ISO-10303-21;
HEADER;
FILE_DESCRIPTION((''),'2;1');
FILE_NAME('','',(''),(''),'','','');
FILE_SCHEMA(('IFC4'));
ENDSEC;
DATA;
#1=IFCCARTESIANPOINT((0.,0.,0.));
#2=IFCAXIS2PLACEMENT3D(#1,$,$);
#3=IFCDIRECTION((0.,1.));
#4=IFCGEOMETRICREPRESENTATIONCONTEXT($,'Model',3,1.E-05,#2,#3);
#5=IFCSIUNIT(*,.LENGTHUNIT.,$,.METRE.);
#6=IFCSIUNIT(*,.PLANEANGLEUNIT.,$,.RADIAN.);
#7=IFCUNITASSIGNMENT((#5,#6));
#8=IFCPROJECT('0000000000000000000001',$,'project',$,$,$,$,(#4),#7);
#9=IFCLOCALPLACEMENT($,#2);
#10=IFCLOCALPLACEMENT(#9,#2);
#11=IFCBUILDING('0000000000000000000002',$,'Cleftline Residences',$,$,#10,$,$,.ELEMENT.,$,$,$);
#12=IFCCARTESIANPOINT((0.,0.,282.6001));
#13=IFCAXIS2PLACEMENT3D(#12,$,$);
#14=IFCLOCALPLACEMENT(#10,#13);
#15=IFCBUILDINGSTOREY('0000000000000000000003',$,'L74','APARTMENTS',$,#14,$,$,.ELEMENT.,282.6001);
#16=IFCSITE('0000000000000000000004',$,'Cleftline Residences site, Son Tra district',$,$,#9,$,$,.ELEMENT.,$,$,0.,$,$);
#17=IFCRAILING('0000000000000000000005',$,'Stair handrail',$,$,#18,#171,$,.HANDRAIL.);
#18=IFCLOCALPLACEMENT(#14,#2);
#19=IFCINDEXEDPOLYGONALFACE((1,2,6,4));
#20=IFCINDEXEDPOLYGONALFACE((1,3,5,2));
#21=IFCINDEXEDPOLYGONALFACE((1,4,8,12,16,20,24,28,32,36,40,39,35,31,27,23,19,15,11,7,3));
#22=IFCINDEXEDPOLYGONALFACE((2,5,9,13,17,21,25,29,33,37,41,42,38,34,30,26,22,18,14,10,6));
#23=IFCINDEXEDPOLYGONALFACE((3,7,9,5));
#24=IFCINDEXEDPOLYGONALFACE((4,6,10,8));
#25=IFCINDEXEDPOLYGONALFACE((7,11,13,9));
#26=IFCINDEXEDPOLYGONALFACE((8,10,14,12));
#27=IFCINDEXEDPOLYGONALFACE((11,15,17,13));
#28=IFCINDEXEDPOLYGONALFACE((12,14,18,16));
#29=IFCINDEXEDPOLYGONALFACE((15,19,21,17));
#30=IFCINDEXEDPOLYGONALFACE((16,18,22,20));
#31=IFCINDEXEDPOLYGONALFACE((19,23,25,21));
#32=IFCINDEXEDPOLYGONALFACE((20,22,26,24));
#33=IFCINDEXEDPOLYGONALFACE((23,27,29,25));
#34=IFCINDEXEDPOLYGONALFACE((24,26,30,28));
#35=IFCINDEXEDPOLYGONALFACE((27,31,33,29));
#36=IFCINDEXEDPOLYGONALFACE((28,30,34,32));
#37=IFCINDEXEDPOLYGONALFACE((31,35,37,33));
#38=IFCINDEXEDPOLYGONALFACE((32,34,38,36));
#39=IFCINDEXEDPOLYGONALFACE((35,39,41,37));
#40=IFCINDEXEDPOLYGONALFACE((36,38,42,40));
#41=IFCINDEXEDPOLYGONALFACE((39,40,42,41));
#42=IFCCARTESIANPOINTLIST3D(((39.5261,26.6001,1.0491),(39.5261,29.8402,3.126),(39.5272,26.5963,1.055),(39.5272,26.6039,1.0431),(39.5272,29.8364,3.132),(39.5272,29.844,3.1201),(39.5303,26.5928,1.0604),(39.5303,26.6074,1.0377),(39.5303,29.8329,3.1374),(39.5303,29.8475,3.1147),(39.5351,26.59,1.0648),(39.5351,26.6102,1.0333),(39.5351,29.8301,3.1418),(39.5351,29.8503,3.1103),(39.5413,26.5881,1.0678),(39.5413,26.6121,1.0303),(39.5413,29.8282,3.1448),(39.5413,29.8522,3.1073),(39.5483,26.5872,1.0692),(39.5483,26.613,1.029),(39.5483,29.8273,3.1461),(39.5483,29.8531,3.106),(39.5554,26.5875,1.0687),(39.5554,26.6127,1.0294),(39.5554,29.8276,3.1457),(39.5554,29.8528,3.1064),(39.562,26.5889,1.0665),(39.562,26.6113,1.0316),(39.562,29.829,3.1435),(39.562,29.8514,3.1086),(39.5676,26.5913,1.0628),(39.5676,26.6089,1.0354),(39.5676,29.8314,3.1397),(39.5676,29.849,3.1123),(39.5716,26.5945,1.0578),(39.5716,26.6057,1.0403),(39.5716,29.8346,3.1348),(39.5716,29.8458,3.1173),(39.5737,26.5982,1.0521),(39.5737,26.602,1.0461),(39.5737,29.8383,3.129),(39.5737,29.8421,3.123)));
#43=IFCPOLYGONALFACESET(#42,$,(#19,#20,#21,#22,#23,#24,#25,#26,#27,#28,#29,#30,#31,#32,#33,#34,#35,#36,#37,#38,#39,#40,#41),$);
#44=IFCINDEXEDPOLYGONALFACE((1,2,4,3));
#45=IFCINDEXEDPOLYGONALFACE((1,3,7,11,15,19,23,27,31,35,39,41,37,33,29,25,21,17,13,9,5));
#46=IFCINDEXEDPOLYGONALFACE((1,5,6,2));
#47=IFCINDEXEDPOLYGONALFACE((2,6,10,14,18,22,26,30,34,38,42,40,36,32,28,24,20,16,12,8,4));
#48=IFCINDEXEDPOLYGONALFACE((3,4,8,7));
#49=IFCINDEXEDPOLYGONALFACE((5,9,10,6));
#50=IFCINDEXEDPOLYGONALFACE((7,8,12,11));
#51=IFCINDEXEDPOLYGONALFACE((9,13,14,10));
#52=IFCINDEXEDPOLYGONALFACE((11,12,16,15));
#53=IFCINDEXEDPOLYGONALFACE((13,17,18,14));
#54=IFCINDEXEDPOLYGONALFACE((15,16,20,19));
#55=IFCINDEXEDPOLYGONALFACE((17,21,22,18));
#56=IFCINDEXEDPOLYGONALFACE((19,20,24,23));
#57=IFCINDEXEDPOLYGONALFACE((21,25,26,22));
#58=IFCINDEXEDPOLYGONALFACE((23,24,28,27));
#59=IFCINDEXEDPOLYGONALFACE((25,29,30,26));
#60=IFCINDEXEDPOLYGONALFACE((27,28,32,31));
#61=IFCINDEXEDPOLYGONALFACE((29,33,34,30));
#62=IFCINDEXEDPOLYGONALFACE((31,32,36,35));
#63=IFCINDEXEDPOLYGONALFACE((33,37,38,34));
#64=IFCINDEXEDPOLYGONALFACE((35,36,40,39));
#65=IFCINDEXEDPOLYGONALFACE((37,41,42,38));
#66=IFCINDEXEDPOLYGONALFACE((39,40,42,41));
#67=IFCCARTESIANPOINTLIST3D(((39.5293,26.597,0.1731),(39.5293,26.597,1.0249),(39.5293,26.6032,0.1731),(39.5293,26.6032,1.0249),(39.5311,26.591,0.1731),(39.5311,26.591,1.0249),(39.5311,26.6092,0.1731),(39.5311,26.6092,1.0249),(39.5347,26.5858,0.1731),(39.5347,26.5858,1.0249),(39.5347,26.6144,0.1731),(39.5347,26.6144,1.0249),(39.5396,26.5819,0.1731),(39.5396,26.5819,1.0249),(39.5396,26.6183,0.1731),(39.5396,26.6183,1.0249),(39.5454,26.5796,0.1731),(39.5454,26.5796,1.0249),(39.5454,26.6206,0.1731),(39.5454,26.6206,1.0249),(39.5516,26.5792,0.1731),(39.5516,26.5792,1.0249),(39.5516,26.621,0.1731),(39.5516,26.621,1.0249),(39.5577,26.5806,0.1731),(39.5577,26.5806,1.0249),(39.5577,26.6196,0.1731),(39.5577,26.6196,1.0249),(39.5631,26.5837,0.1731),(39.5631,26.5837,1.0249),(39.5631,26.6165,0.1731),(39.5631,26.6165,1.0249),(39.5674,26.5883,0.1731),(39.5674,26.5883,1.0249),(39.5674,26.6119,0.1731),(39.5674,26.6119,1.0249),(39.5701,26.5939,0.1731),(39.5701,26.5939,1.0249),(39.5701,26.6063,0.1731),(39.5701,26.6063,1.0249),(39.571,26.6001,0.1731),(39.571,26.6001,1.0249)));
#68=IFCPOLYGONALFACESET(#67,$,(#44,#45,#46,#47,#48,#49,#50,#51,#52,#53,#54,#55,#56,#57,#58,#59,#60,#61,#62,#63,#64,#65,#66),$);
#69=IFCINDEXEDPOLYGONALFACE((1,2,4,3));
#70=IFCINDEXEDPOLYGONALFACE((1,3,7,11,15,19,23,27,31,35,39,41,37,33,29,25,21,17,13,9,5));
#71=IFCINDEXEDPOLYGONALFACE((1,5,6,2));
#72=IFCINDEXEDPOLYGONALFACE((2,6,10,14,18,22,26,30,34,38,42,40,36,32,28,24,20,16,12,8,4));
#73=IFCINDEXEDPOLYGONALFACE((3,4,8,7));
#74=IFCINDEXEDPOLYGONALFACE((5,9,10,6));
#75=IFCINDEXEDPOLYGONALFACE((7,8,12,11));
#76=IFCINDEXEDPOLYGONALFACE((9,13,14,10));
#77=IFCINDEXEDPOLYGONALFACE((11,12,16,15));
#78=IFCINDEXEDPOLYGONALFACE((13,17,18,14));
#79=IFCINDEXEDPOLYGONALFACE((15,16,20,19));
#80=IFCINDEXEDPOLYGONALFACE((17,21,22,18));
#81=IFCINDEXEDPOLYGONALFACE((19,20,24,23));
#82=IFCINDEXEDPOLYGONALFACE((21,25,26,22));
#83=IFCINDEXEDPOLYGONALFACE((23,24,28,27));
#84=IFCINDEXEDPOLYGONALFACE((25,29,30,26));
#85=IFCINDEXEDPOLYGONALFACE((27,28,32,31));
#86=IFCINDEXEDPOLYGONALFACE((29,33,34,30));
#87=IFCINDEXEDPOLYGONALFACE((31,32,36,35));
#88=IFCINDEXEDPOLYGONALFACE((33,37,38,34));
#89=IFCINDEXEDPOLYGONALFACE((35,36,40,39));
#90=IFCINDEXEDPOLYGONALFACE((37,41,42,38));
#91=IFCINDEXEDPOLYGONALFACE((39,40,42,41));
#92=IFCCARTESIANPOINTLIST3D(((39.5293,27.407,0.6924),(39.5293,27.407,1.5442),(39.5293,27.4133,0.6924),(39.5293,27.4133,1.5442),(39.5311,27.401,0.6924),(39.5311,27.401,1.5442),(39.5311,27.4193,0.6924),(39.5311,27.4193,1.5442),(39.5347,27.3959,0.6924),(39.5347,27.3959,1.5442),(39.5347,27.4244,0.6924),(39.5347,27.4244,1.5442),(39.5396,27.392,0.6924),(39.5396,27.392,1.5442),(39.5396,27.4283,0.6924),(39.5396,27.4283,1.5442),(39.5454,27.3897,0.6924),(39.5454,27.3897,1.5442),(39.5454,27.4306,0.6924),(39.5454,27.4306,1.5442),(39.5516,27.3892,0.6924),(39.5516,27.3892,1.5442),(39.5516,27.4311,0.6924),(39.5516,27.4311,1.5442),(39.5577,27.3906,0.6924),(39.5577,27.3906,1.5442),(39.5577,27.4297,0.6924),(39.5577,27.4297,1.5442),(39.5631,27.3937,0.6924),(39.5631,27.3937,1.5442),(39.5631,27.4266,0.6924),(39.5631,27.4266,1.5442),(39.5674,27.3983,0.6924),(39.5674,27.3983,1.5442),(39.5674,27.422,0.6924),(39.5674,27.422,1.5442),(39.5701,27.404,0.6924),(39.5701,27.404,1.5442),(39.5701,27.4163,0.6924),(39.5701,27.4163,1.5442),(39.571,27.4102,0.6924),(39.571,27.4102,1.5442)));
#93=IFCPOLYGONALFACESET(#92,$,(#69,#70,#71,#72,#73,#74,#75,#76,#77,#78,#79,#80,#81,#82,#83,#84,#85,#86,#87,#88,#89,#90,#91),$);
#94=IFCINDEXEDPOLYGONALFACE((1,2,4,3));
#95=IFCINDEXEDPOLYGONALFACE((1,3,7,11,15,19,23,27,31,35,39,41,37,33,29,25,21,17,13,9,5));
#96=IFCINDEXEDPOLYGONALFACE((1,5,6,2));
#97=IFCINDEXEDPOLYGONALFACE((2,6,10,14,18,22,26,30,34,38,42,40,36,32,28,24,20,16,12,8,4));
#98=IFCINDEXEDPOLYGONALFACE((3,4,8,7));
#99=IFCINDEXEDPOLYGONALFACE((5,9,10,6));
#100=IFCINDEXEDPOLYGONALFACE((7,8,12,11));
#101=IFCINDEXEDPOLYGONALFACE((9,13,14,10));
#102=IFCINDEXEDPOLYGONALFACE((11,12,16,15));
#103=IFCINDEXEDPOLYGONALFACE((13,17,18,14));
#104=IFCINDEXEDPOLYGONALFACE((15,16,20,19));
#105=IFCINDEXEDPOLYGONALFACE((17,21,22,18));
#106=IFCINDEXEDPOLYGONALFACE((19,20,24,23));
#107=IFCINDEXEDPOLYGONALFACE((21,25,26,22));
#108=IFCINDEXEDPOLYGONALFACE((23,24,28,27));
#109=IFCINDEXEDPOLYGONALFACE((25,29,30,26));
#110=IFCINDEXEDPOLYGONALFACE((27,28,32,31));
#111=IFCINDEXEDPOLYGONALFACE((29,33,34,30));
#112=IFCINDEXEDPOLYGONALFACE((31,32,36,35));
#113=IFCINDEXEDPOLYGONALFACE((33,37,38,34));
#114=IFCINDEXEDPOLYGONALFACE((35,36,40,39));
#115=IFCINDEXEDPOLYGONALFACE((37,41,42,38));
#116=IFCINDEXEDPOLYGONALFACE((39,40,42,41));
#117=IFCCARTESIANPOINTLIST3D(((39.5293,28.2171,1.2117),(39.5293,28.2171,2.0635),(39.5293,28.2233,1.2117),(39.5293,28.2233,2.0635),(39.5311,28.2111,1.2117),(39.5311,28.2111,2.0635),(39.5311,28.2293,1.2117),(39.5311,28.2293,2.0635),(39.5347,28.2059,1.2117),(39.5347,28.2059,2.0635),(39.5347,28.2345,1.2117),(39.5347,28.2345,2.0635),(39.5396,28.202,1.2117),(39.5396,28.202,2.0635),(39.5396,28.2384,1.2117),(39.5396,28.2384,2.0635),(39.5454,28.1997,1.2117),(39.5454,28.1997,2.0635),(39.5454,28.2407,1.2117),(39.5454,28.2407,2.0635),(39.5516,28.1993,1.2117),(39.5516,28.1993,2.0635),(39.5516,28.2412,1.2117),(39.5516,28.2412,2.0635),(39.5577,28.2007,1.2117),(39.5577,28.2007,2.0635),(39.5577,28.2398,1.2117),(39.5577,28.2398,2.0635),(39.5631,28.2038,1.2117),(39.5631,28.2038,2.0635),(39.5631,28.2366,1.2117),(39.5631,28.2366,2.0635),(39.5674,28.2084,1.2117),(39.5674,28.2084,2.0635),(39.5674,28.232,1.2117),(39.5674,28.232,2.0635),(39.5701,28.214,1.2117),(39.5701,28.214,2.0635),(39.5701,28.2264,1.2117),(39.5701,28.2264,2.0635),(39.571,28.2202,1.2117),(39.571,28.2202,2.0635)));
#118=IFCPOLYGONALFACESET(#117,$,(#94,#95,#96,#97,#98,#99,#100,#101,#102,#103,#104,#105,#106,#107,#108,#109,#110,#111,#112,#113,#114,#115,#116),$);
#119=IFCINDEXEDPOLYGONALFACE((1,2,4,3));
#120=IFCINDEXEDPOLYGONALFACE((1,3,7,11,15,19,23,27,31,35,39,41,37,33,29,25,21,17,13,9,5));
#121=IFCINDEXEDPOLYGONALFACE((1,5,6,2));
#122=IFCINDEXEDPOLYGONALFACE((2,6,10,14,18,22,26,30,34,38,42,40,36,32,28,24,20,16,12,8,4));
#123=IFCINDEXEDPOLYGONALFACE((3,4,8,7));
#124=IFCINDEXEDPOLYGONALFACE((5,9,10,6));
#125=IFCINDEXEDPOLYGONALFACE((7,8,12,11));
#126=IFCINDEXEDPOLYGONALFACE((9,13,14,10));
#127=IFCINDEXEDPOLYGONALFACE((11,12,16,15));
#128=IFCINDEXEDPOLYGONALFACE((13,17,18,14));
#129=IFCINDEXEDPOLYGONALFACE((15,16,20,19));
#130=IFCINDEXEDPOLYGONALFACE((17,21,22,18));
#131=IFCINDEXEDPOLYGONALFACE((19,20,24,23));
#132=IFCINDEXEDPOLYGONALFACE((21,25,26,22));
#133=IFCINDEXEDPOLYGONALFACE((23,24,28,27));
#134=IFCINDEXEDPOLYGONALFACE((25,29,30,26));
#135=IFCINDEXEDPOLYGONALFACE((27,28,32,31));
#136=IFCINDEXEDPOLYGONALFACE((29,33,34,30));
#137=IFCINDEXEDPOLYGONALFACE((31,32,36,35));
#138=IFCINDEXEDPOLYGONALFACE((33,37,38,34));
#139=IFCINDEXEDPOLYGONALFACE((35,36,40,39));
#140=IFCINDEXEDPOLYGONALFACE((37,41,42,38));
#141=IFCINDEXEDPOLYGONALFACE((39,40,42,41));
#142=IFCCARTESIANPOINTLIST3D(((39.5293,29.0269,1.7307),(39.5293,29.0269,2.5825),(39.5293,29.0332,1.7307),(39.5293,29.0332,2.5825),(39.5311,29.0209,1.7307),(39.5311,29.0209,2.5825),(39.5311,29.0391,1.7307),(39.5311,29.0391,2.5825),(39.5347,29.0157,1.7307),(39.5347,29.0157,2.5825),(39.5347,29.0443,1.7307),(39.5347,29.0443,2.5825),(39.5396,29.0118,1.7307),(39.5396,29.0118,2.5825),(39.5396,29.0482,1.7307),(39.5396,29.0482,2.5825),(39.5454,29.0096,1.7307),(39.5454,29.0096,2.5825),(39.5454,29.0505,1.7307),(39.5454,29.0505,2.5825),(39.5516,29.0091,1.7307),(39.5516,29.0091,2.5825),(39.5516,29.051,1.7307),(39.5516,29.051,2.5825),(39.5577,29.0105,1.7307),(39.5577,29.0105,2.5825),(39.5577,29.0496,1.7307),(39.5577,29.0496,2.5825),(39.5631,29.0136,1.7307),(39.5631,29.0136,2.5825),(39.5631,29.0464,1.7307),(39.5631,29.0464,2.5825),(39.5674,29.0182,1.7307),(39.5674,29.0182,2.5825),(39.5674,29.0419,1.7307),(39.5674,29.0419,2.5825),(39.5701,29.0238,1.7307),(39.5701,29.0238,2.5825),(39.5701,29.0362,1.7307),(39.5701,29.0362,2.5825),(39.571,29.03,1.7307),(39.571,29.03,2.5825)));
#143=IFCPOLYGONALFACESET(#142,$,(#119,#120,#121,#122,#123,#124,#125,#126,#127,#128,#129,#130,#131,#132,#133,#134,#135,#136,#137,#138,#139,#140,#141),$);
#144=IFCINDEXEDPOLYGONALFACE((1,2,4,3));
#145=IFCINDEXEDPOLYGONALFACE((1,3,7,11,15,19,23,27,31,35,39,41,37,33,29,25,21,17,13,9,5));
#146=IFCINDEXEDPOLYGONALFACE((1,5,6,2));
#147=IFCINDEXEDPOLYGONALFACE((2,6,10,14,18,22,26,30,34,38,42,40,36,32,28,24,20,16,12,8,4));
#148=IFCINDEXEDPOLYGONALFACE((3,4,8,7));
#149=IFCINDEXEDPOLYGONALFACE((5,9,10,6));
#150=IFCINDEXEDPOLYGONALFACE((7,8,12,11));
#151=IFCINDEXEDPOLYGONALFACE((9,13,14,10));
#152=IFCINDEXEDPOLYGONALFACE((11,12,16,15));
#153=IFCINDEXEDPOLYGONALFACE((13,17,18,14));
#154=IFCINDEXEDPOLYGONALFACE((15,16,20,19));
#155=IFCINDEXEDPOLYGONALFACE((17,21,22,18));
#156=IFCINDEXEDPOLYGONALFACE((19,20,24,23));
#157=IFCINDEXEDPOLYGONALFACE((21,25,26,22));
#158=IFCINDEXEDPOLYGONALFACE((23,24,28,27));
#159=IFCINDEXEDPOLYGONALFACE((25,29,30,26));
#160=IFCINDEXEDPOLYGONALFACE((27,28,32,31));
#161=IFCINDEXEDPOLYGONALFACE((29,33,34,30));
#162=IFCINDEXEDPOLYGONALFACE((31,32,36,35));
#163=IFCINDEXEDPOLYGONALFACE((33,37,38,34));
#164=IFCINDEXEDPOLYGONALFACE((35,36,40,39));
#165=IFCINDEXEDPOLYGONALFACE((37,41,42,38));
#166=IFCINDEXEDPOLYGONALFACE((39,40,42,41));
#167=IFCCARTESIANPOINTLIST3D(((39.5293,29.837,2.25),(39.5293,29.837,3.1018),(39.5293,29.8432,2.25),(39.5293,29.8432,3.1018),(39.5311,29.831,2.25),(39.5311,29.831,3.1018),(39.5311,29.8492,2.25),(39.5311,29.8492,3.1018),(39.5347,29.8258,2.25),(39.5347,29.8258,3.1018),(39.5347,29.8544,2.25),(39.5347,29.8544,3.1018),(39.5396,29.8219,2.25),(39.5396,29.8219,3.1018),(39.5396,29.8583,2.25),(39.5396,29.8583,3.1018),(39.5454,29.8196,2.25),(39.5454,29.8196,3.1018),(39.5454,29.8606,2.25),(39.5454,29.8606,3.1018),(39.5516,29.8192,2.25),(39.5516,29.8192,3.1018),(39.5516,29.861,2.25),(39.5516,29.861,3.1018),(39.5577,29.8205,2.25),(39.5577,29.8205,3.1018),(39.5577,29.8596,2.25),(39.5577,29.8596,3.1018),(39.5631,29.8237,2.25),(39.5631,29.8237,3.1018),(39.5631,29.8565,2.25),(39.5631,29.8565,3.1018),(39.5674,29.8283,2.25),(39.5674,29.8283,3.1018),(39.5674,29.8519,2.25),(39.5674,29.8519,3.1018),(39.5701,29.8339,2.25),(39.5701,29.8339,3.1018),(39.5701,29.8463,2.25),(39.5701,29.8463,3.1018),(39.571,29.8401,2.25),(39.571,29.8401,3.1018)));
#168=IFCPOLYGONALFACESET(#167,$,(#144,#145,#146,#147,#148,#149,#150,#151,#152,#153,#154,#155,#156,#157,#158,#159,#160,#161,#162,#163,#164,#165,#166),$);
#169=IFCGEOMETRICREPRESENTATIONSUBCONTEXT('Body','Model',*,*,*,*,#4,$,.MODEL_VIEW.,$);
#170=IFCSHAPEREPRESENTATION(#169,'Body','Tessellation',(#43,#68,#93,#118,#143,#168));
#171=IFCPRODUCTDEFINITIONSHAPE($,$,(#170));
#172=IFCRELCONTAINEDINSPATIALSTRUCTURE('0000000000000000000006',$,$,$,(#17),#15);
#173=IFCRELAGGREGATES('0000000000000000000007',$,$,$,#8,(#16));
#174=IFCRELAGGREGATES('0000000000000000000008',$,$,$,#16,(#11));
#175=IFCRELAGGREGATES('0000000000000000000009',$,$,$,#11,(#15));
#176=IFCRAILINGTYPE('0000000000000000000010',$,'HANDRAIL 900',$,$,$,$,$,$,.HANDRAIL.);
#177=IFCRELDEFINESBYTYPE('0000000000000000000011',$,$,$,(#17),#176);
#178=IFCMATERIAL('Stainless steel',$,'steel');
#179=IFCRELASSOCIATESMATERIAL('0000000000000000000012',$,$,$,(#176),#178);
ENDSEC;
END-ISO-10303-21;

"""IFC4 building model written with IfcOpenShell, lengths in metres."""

from ifc_helpers import new_model, si_unit, direction, frame, origin, origin_2d, place, context, subcontext, project, spatial, circle, extrude, material, type_object, element, save


model = new_model("IFC4")

# Units and contexts
model_context = context("Model", 3, precision=1e-05, world=origin(), true_north=direction((0.0, 1.0)))
body_context = subcontext(model_context, "Body", "Model", "MODEL_VIEW")
ifc_project = project(units=[si_unit("LENGTHUNIT", "METRE"), si_unit("PLANEANGLEUNIT", "RADIAN")], contexts=[model_context])

# Site, building, storey
site_placement = place(None, origin())
site = spatial("IfcSite", under=ifc_project, at=site_placement, Name="Cleftline Residences site, Son Tra district", CompositionType="ELEMENT", RefElevation=0.0)
building_placement = place(site_placement, origin())
building = spatial("IfcBuilding", under=site, at=building_placement, Name="Cleftline Residences", CompositionType="ELEMENT")
storey_placement = place(building_placement, frame((0.0, 0.0, 282.6001)))
storey = spatial("IfcBuildingStorey", under=building, at=storey_placement, Name="L74", Description="APARTMENTS", CompositionType="ELEMENT", Elevation=282.6001)

# Railing
ifc_material_1 = material(Name="Stainless steel", Category="steel")
railing_type = type_object("IfcRailingType", Name="HANDRAIL 900", PredefinedType="HANDRAIL", material=ifc_material_1)
railing_1_placement = place(storey_placement, frame((39.55, 26.6001, 0.1731)))
element("IfcRailing", 1, at=railing_1_placement, inside=storey, type_object=railing_type, Name="Stair handrail", PredefinedType="HANDRAIL", context=body_context, shape_type="SweptSolid", body=[
    extrude(circle(Radius=0.0239, at=origin_2d()), frame((0.0, 0.0, 0.876), z_axis=(0.0, 0.841881, 0.539664), x_axis=(-1.0, 0.0, 0.0)), (0.0, 0.0, 1.0), 3.8486),
    extrude(circle(Radius=0.021, at=origin_2d()), origin(), (0.0, 0.0, 1.0), 0.8518),
    extrude(circle(Radius=0.021, at=origin_2d()), frame((0.0, 0.8101, 0.5193)), (0.0, 0.0, 1.0), 0.8518),
    extrude(circle(Radius=0.021, at=origin_2d()), frame((0.0, 1.6201, 1.0386)), (0.0, 0.0, 1.0), 0.8518),
    extrude(circle(Radius=0.021, at=origin_2d()), frame((0.0, 2.4299, 1.5576)), (0.0, 0.0, 1.0), 0.8518),
    extrude(circle(Radius=0.021, at=origin_2d()), frame((0.0, 3.24, 2.0769)), (0.0, 0.0, 1.0), 0.8518),
])

save(model, "model.ifc")
